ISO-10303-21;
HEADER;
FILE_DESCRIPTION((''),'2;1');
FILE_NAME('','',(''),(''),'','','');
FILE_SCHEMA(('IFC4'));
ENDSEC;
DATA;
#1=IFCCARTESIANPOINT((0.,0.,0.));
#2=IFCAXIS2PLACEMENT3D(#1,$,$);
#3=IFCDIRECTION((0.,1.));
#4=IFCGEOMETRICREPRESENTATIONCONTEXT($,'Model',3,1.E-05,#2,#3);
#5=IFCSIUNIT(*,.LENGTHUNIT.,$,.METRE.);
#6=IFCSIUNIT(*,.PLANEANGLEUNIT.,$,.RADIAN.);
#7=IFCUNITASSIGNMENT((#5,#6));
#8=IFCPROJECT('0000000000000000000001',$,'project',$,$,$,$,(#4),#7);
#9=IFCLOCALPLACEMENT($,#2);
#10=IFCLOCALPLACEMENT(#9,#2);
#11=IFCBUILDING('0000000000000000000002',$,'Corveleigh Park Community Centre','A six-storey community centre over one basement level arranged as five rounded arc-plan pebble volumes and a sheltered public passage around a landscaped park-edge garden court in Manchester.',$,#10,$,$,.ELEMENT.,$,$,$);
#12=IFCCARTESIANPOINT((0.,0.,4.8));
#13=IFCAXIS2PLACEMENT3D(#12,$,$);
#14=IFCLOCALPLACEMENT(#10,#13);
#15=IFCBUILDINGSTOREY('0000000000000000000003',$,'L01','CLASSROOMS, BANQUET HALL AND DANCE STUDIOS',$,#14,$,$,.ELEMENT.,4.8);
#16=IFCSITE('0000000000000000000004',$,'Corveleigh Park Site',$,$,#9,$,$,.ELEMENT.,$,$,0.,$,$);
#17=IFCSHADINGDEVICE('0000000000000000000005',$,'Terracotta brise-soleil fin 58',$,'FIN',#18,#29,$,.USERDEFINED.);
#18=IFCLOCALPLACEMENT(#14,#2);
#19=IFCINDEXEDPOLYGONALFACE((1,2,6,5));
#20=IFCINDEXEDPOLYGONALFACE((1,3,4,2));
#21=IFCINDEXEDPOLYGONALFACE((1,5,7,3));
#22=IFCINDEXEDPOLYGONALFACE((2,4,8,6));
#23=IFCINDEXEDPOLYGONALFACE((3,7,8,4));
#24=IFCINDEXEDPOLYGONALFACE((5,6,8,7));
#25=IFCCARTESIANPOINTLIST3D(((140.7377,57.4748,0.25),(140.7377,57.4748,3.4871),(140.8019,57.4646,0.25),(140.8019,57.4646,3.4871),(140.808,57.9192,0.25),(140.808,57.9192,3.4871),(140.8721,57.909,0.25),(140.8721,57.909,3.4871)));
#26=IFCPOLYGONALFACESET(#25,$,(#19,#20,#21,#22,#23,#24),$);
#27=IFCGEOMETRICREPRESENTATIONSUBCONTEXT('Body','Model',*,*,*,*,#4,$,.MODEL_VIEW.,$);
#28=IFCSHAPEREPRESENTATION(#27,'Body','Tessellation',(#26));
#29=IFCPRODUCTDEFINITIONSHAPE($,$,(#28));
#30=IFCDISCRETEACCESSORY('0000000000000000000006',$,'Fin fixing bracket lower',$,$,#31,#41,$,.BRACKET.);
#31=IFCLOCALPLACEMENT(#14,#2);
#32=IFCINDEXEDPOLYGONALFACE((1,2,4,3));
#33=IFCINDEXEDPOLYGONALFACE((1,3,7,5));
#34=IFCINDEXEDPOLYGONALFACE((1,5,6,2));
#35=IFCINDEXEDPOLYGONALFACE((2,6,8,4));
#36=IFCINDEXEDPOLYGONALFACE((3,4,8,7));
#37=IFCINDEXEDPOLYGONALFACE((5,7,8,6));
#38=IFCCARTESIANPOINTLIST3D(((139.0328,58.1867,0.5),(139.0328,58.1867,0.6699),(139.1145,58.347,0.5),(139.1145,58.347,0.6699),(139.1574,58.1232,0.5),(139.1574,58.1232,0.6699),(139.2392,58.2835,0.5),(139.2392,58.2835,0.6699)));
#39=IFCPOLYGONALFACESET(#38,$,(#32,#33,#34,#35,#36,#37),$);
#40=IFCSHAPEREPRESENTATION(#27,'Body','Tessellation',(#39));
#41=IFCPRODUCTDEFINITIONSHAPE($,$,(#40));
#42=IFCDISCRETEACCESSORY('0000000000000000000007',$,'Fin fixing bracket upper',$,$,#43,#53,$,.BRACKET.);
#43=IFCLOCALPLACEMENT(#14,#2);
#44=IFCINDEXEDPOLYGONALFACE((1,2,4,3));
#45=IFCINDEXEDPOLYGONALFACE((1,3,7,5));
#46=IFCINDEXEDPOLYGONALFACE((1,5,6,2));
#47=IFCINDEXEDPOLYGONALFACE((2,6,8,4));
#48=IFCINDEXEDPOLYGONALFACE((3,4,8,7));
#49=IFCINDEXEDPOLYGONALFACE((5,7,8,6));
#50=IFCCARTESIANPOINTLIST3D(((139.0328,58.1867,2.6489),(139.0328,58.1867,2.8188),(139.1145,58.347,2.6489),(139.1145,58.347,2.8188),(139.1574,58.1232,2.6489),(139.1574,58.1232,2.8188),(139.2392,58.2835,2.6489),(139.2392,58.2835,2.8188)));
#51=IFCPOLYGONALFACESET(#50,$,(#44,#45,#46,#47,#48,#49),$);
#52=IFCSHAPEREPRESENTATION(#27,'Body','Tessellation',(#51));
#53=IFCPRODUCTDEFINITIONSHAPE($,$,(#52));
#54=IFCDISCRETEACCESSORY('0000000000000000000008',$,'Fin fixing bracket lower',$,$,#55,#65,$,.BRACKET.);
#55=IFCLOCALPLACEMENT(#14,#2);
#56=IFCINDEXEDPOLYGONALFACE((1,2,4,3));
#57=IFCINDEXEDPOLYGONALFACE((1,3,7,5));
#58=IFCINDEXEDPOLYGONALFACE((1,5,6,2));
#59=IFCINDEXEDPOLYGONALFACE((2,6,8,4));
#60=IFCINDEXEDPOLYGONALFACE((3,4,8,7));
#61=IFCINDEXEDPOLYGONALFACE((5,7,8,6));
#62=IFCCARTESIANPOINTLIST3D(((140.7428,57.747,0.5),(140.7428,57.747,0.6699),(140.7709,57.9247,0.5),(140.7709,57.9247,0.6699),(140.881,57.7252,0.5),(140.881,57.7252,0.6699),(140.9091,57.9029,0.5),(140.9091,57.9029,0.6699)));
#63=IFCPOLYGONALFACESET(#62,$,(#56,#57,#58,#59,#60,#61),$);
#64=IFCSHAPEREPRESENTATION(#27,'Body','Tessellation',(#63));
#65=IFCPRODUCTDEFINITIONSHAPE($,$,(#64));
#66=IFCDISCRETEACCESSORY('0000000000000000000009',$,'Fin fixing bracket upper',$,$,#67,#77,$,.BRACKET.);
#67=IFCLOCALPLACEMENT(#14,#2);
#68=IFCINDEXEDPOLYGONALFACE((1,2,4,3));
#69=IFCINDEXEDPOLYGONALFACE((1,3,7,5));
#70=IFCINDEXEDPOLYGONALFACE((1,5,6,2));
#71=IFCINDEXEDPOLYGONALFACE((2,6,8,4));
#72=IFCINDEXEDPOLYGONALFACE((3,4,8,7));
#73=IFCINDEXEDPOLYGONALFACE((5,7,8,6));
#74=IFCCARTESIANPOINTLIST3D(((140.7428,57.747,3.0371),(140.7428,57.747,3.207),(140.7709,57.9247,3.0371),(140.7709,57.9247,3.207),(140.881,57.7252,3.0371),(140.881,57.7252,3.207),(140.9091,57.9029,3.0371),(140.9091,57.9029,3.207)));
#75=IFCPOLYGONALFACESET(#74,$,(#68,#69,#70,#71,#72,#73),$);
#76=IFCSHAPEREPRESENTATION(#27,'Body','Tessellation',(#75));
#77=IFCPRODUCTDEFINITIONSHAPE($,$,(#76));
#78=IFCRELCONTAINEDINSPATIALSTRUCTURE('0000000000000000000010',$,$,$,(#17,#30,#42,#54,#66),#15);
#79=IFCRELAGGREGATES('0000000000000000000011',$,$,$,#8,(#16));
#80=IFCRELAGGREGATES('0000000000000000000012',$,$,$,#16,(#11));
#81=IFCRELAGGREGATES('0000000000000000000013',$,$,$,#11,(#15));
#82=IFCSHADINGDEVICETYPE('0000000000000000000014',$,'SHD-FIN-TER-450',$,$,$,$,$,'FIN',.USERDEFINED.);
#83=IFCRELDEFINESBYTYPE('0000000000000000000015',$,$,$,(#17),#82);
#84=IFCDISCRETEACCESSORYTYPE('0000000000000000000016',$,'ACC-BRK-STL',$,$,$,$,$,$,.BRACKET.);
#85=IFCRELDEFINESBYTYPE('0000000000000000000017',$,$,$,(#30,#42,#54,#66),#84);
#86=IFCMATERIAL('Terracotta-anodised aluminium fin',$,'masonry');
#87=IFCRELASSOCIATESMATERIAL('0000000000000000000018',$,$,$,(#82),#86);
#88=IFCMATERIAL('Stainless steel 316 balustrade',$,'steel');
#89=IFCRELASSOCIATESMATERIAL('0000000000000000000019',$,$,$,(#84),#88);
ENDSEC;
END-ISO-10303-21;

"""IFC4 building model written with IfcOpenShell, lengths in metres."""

from ifc_helpers import new_model, si_unit, direction, frame, origin, origin_2d, place, context, subcontext, project, spatial, rectangle, extrude, material, type_object, element, save


model = new_model("IFC4")

# Units and contexts
model_context = context("Model", 3, precision=1e-05, world=origin(), true_north=direction((0.0, 1.0)))
body_context = subcontext(model_context, "Body", "Model", "MODEL_VIEW")
ifc_project = project(units=[si_unit("LENGTHUNIT", "METRE"), si_unit("PLANEANGLEUNIT", "RADIAN")], contexts=[model_context])

# Site, building, storey
site_placement = place(None, origin())
site = spatial("IfcSite", under=ifc_project, at=site_placement, Name="Corveleigh Park Site", CompositionType="ELEMENT", RefElevation=0.0)
building_placement = place(site_placement, origin())
building = spatial("IfcBuilding", under=site, at=building_placement, Name="Corveleigh Park Community Centre", Description="A six-storey community centre over one basement level arranged as five rounded arc-plan pebble volumes and a sheltered public passage around a landscaped park-edge garden court in Manchester.", CompositionType="ELEMENT")
storey_placement = place(building_placement, frame((0.0, 0.0, 4.8)))
storey = spatial("IfcBuildingStorey", under=building, at=storey_placement, Name="L01", Description="CLASSROOMS, BANQUET HALL AND DANCE STUDIOS", CompositionType="ELEMENT", Elevation=4.8)

# Shading device
ifc_material_1 = material(Name="Terracotta-anodised aluminium fin", Category="masonry")
shading_device_type = type_object("IfcShadingDeviceType", Name="SHD-FIN-TER-450", ElementType="FIN", PredefinedType="USERDEFINED", material=ifc_material_1)
shading_device_1_placement = place(storey_placement, frame((140.8049, 57.6919, 0.25), z_axis=(0.0, 0.0, 1.0), x_axis=(-0.156207, -0.987724, 0.0)))
element("IfcShadingDevice", 1, at=shading_device_1_placement, inside=storey, type_object=shading_device_type, Name="Terracotta brise-soleil fin 58", ObjectType="FIN", PredefinedType="USERDEFINED", context=body_context, shape_type="SweptSolid", body=[
    extrude(rectangle(XDim=0.45, YDim=0.0649, at=origin_2d()), origin(), (0.0, 0.0, 1.0), 3.2371),
])

# Discrete accessories
ifc_material_2 = material(Name="Stainless steel 316 balustrade", Category="steel")
discrete_accessory_type = type_object("IfcDiscreteAccessoryType", Name="ACC-BRK-STL", PredefinedType="BRACKET", material=ifc_material_2)
for number, where, z_axis, x_axis, name in (
    (2, (139.136, 58.2351, 0.5), (0.0, 0.0, 1.0), (-0.454269, -0.890865, 0.0), "Fin fixing bracket lower"),
    (3, (139.136, 58.2351, 2.6489), (0.0, 0.0, 1.0), (-0.454269, -0.890865, 0.0), "Fin fixing bracket upper"),
    (4, (140.8259, 57.825, 0.5), (0.0, 0.0, 1.0), (-0.156207, -0.987724, 0.0), "Fin fixing bracket lower"),
    (5, (140.8259, 57.825, 3.0371), (0.0, 0.0, 1.0), (-0.156207, -0.987724, 0.0), "Fin fixing bracket upper"),
):
    element("IfcDiscreteAccessory", number, at=place(storey_placement, frame(where, z_axis=z_axis, x_axis=x_axis)), inside=storey, type_object=discrete_accessory_type, Name=name, PredefinedType="BRACKET", context=body_context, shape_type="SweptSolid", body=[
        extrude(rectangle(XDim=0.1799, YDim=0.1399, at=origin_2d()), origin(), (0.0, 0.0, 1.0), 0.1699),
    ])

save(model, "model.ifc")
